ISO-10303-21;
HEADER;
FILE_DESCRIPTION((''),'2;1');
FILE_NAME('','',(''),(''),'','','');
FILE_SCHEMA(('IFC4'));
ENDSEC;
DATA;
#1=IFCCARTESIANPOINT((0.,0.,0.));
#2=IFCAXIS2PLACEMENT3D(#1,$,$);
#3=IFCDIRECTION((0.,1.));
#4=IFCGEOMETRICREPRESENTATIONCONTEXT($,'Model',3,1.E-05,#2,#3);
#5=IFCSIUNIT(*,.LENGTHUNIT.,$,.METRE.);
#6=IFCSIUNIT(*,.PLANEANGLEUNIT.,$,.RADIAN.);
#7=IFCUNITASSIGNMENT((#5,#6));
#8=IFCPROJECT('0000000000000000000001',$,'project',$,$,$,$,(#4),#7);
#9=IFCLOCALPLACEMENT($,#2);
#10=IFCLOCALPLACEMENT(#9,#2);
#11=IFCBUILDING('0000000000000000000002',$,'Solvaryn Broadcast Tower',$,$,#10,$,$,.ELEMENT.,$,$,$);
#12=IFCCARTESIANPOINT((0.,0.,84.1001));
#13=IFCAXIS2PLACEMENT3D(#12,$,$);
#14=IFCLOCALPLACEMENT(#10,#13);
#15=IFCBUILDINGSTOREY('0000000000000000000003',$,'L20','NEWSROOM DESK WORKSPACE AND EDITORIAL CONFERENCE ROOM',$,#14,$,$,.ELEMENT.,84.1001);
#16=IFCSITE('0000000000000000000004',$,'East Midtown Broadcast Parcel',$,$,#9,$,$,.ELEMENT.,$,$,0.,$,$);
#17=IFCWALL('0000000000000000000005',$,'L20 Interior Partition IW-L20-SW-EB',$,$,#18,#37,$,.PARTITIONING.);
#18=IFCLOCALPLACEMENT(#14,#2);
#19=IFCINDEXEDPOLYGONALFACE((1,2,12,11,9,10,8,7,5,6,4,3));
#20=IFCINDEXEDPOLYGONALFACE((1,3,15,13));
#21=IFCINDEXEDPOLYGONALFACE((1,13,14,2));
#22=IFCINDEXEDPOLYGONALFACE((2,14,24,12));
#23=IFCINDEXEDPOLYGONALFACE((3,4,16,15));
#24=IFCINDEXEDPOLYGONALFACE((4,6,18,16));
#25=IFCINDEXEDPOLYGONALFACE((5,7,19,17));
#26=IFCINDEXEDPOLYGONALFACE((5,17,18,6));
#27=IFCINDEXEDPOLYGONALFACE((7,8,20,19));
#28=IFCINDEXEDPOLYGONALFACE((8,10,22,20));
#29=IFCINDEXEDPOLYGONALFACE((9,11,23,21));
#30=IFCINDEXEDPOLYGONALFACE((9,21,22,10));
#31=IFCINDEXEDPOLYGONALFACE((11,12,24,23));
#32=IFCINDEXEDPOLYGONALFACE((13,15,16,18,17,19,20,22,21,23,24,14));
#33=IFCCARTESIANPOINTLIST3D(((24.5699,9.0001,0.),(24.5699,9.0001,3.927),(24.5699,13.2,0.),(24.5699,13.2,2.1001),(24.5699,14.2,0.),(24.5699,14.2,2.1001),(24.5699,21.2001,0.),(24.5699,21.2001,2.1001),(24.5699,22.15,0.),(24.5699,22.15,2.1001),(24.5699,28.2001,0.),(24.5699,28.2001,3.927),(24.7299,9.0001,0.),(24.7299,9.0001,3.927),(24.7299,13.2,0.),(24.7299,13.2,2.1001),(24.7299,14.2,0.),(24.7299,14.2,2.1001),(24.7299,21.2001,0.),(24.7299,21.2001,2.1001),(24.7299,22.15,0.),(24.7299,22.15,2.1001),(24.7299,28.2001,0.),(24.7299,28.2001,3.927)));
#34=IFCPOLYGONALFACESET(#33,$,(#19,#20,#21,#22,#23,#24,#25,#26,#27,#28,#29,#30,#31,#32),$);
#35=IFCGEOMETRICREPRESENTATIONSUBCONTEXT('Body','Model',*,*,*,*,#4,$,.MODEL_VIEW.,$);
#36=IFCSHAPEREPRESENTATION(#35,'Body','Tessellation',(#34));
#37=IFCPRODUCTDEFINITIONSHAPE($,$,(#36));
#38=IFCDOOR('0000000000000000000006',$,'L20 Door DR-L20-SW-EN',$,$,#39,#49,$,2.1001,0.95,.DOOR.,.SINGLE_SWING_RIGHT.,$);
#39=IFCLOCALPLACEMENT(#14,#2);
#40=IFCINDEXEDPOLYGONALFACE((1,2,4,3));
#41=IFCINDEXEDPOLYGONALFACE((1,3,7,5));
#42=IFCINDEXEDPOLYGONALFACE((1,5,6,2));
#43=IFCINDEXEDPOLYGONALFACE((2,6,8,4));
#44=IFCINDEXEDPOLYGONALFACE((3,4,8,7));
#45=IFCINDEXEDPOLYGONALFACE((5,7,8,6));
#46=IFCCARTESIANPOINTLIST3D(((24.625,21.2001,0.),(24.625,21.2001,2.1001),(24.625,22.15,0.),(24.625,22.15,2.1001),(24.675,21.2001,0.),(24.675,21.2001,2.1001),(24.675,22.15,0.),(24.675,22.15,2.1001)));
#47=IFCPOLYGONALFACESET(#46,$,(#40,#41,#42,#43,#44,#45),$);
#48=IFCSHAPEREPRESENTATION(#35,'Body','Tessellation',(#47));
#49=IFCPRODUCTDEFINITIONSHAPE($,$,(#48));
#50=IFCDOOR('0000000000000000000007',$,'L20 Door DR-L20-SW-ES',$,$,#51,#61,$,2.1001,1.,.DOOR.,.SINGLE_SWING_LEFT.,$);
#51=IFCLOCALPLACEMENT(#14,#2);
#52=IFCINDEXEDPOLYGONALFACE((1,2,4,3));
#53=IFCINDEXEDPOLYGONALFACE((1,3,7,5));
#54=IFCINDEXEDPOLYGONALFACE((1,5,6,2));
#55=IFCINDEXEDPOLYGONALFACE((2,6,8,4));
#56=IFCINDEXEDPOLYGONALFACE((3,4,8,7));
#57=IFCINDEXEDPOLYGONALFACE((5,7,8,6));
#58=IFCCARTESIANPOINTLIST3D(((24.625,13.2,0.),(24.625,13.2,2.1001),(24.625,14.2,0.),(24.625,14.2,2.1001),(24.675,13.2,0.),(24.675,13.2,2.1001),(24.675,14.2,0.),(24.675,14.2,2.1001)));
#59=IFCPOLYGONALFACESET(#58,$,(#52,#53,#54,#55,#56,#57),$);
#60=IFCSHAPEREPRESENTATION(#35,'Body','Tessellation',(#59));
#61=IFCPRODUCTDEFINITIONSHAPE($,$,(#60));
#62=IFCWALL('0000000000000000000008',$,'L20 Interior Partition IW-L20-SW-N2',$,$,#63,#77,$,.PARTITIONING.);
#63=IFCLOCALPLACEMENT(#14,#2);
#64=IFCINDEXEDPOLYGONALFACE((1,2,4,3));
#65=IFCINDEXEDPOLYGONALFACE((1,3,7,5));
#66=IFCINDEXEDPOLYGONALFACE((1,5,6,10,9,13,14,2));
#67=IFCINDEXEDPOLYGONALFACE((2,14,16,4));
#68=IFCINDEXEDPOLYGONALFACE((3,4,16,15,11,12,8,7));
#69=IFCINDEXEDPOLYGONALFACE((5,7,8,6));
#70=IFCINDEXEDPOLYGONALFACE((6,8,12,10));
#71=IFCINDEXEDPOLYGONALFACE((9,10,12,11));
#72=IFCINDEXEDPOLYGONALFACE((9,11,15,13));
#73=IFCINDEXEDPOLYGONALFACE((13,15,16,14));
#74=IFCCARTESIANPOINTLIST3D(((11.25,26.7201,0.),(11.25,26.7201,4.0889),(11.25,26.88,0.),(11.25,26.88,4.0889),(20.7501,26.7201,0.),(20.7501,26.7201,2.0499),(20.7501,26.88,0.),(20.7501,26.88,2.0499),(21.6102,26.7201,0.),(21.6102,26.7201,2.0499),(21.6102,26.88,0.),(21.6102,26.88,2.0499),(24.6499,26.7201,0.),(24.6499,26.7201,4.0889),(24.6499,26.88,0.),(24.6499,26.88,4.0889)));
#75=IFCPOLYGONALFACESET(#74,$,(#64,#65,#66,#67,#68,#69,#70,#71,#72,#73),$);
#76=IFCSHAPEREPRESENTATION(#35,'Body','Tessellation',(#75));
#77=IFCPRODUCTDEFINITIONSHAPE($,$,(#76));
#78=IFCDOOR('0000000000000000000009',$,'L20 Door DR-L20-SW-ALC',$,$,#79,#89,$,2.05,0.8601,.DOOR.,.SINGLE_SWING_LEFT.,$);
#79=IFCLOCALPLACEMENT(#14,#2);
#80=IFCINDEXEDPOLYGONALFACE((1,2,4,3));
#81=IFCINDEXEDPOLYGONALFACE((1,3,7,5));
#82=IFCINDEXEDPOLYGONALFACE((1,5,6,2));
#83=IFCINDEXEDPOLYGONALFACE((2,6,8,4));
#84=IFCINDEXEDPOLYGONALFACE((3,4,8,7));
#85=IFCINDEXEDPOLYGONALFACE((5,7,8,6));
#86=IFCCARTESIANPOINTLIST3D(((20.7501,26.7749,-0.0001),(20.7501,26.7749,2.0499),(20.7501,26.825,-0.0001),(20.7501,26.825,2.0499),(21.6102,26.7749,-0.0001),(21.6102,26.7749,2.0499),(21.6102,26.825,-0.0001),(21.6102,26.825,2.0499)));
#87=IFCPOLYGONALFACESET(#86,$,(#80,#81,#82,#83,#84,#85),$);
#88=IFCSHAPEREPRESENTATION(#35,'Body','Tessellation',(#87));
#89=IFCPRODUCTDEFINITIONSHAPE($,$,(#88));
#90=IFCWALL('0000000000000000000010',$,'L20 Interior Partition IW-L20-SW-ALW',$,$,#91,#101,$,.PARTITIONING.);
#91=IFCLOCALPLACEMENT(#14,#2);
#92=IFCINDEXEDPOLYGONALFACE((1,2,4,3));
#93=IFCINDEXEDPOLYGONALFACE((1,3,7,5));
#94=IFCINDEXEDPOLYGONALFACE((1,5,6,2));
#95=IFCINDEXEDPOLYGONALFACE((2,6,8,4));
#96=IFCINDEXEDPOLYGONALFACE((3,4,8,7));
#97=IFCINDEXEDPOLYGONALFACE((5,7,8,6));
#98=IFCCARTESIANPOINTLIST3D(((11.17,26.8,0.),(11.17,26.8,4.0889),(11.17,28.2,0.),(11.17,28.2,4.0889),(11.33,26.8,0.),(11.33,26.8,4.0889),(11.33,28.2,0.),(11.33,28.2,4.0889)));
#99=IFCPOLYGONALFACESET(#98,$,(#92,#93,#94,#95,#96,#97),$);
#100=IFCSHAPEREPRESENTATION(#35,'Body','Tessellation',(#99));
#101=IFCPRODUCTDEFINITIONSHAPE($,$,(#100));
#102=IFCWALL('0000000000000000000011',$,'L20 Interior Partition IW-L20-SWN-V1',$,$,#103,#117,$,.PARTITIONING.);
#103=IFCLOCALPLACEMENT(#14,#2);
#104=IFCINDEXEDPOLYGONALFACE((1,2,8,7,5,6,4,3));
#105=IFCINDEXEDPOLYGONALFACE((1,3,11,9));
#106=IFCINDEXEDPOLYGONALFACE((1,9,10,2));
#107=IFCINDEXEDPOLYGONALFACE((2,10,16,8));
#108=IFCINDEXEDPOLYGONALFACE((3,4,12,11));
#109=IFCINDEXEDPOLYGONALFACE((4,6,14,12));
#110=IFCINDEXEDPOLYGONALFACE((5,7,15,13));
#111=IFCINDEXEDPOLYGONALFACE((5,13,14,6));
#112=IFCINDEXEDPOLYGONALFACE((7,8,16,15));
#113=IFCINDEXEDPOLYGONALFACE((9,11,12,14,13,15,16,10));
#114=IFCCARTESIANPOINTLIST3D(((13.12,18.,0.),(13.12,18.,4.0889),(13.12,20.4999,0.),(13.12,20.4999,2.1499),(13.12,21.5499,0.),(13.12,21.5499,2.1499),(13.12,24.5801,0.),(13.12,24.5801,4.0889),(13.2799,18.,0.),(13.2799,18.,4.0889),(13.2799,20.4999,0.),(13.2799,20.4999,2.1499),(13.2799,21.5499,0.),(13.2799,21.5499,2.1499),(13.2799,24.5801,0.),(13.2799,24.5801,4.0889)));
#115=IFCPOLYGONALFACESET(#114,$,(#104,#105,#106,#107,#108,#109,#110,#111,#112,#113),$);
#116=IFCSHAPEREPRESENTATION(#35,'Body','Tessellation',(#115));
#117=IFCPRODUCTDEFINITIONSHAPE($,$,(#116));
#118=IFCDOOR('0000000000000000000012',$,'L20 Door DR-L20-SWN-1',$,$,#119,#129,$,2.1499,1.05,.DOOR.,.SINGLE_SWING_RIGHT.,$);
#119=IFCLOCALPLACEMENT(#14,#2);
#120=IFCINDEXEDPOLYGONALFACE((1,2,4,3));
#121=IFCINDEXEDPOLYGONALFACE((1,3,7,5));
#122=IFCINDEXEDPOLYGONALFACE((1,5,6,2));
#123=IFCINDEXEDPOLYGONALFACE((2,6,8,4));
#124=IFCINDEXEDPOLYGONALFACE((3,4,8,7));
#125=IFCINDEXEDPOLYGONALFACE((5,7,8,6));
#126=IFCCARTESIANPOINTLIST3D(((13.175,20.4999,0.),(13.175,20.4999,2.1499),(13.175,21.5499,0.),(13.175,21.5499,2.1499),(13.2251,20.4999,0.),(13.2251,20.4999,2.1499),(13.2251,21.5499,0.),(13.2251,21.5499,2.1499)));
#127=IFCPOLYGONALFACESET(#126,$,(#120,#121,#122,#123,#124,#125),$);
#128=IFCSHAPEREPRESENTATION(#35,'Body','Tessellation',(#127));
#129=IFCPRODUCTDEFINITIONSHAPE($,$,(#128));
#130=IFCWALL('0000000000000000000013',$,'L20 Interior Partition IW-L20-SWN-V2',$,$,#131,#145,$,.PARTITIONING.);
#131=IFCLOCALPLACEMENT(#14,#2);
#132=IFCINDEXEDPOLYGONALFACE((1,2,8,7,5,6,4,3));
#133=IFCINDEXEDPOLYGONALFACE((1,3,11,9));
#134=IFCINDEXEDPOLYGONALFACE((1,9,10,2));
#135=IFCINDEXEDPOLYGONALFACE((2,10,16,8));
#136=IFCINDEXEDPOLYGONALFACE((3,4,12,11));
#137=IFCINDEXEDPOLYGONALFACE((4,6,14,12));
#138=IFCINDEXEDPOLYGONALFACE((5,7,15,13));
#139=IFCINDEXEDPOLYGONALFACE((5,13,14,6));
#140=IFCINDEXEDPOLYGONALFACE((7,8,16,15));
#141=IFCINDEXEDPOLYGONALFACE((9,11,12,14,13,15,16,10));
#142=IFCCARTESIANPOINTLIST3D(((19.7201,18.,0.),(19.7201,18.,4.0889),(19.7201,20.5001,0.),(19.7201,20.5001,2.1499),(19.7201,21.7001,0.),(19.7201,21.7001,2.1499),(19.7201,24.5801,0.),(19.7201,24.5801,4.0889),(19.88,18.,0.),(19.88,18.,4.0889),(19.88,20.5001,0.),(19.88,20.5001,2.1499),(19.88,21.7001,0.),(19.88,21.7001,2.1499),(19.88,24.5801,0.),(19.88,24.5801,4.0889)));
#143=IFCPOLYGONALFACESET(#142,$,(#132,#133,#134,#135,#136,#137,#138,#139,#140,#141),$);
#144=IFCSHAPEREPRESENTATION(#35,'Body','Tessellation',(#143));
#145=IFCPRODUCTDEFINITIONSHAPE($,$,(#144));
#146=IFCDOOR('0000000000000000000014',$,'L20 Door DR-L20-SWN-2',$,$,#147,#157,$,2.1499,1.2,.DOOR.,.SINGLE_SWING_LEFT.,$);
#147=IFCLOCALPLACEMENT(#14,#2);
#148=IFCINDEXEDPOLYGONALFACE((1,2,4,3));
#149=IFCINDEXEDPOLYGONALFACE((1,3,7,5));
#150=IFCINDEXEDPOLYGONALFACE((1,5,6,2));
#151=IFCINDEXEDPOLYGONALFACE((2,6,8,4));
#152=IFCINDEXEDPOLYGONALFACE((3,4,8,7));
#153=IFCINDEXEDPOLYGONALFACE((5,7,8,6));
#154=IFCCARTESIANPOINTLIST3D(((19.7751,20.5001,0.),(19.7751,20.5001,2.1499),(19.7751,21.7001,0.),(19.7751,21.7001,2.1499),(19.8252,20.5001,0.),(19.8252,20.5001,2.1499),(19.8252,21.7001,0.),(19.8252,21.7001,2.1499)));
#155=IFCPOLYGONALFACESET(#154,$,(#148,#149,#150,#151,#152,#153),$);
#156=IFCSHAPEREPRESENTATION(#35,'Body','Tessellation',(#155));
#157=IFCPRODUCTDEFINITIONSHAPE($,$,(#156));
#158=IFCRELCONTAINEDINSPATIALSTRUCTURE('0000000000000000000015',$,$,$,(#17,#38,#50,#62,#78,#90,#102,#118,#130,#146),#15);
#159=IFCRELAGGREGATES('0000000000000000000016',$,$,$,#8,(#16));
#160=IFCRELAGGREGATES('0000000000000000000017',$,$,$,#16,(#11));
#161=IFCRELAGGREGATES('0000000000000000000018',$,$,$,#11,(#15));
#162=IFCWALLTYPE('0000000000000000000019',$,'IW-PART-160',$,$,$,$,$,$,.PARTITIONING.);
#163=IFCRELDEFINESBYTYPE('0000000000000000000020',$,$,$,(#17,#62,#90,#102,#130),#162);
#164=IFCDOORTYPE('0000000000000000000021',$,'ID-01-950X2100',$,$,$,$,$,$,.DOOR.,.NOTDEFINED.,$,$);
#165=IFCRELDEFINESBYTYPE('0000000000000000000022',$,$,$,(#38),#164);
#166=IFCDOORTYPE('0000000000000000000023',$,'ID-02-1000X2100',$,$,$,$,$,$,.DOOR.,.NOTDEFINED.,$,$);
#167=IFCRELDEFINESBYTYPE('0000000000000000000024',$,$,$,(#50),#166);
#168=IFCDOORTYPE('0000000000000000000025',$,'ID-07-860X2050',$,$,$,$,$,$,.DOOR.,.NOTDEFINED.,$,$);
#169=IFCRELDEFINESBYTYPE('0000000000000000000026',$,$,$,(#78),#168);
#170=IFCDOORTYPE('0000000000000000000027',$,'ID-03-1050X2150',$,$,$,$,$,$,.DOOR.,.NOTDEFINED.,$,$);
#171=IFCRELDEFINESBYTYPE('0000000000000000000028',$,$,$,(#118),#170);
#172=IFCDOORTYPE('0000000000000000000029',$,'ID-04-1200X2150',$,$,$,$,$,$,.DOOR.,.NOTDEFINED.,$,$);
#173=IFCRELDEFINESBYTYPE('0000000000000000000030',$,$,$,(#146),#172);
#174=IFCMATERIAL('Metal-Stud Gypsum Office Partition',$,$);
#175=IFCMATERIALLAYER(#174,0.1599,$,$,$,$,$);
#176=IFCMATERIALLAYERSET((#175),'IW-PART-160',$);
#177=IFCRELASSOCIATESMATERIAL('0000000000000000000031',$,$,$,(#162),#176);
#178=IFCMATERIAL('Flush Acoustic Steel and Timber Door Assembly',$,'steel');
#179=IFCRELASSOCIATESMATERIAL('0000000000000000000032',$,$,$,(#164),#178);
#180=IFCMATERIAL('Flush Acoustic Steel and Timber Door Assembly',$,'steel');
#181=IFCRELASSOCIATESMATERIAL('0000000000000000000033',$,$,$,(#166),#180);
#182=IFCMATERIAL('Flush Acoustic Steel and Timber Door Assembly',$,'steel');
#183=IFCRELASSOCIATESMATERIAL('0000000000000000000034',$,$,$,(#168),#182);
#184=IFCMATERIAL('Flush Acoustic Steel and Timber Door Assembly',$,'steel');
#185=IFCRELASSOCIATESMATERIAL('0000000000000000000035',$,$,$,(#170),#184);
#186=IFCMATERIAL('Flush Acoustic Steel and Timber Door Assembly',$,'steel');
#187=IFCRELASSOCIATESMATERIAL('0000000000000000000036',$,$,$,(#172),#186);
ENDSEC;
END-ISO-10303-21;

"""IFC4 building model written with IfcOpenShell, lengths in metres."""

from ifc_helpers import new_model, si_unit, direction, frame, frame_2d, origin, place, context, subcontext, project, spatial, rectangle, extrude, material, layer, layer_set, type_object, element, fill, save


model = new_model("IFC4")

# Units and contexts
model_context = context("Model", 3, precision=1e-05, world=origin(), true_north=direction((0.0, 1.0)))
body_context = subcontext(model_context, "Body", "Model", "MODEL_VIEW")
ifc_project = project(units=[si_unit("LENGTHUNIT", "METRE"), si_unit("PLANEANGLEUNIT", "RADIAN")], contexts=[model_context])

# Site, building, storey
site_placement = place(None, origin())
site = spatial("IfcSite", under=ifc_project, at=site_placement, Name="East Midtown Broadcast Parcel", CompositionType="ELEMENT", RefElevation=0.0)
building_placement = place(site_placement, origin())
building = spatial("IfcBuilding", under=site, at=building_placement, Name="Solvaryn Broadcast Tower", CompositionType="ELEMENT")
storey_placement = place(building_placement, frame((0.0, 0.0, 84.1001)))
storey = spatial("IfcBuildingStorey", under=building, at=storey_placement, Name="L20", Description="NEWSROOM DESK WORKSPACE AND EDITORIAL CONFERENCE ROOM", CompositionType="ELEMENT", Elevation=84.1001)

# Wall, openings, doors
ifc_material_1 = material(Name="Metal-Stud Gypsum Office Partition")
ifc_layer = layer(ifc_material_1, 0.1599)
ifc_layer_set = layer_set([ifc_layer], Name="IW-PART-160")
wall_type = type_object("IfcWallType", Name="IW-PART-160", PredefinedType="PARTITIONING", material=ifc_layer_set)
wall_1_placement = place(storey_placement, frame((24.6499, 9.0, 0.0), z_axis=(0.0, 0.0, 1.0), x_axis=(0.0, 1.0, 0.0)))
wall_1 = element("IfcWall", 1, at=wall_1_placement, inside=storey, type_object=wall_type, Name="L20 Interior Partition IW-L20-SW-EB", PredefinedType="PARTITIONING", context=body_context, shape_type="SweptSolid", body=[
    extrude(rectangle(XDim=19.2, YDim=0.1599, at=frame_2d((9.6001, 0.0))), origin(), (0.0, 0.0, 1.0), 3.927),
])
opening_1_placement = place(wall_1_placement, frame((12.2, 0.0, 0.0)))
opening_1 = element("IfcOpeningElement", 2, at=opening_1_placement, cuts=wall_1, PredefinedType="OPENING", context=body_context, shape_type="SweptSolid", body=[
    extrude(rectangle(XDim=0.95, YDim=2.1001, at=frame_2d((0.4751, 1.05))), frame((0.0, 0.0901, 0.0), z_axis=(0.0, -1.0, 0.0), x_axis=(1.0, 0.0, 0.0)), (0.0, 0.0, 1.0), 0.1799),
])
opening_2_placement = place(wall_1_placement, frame((4.2, 0.0, 0.0)))
opening_2 = element("IfcOpeningElement", 3, at=opening_2_placement, cuts=wall_1, PredefinedType="OPENING", context=body_context, shape_type="SweptSolid", body=[
    extrude(rectangle(XDim=1.0, YDim=2.1001, at=frame_2d((0.5, 1.05))), frame((0.0, 0.0901, 0.0), z_axis=(0.0, -1.0, 0.0), x_axis=(1.0, 0.0, 0.0)), (0.0, 0.0, 1.0), 0.1799),
])
ifc_material_2 = material(Name="Flush Acoustic Steel and Timber Door Assembly", Category="steel")
door_type_1 = type_object("IfcDoorType", Name="ID-01-950X2100", OperationType="NOTDEFINED", PredefinedType="DOOR", material=ifc_material_2)
door_1_placement = place(opening_1_placement, origin())
door_1 = element("IfcDoor", 4, at=door_1_placement, inside=storey, type_object=door_type_1, Name="L20 Door DR-L20-SW-EN", OperationType="SINGLE_SWING_RIGHT", OverallHeight=2.1001, OverallWidth=0.95, PredefinedType="DOOR", context=body_context, shape_type="SweptSolid", body=[
    extrude(rectangle(XDim=0.95, YDim=2.1001, at=frame_2d((0.4751, 1.05))), frame((0.0, 0.0249, 0.0), z_axis=(0.0, -1.0, 0.0), x_axis=(1.0, 0.0, 0.0)), (0.0, 0.0, 1.0), 0.05),
])
fill(opening_1, door_1)
ifc_material_3 = material(Name="Flush Acoustic Steel and Timber Door Assembly", Category="steel")
door_type_2 = type_object("IfcDoorType", Name="ID-02-1000X2100", OperationType="NOTDEFINED", PredefinedType="DOOR", material=ifc_material_3)
door_2_placement = place(opening_2_placement, origin())
door_2 = element("IfcDoor", 5, at=door_2_placement, inside=storey, type_object=door_type_2, Name="L20 Door DR-L20-SW-ES", OperationType="SINGLE_SWING_LEFT", OverallHeight=2.1001, OverallWidth=1.0, PredefinedType="DOOR", context=body_context, shape_type="SweptSolid", body=[
    extrude(rectangle(XDim=1.0, YDim=2.1001, at=frame_2d((0.5, 1.05))), frame((0.0, 0.0249, 0.0), z_axis=(0.0, -1.0, 0.0), x_axis=(1.0, 0.0, 0.0)), (0.0, 0.0, 1.0), 0.05),
])
fill(opening_2, door_2)

# Wall, opening, door
wall_2_placement = place(storey_placement, frame((11.25, 26.8, 0.0), z_axis=(0.0, 0.0, 1.0), x_axis=(1.0, 0.0, 0.0)))
wall_2 = element("IfcWall", 6, at=wall_2_placement, inside=storey, type_object=wall_type, Name="L20 Interior Partition IW-L20-SW-N2", PredefinedType="PARTITIONING", context=body_context, shape_type="SweptSolid", body=[
    extrude(rectangle(XDim=13.3999, YDim=0.1599, at=frame_2d((6.7, 0.0))), origin(), (0.0, 0.0, 1.0), 4.0889),
])
opening_3_placement = place(wall_2_placement, frame((9.5, 0.0, 0.0)))
opening_3 = element("IfcOpeningElement", 7, at=opening_3_placement, cuts=wall_2, PredefinedType="OPENING", context=body_context, shape_type="SweptSolid", body=[
    extrude(rectangle(XDim=0.8601, YDim=2.05, at=frame_2d((0.4302, 1.0249))), frame((0.0, 0.0901, 0.0), z_axis=(0.0, -1.0, 0.0), x_axis=(1.0, 0.0, 0.0)), (0.0, 0.0, 1.0), 0.1799),
])
ifc_material_4 = material(Name="Flush Acoustic Steel and Timber Door Assembly", Category="steel")
door_type_3 = type_object("IfcDoorType", Name="ID-07-860X2050", OperationType="NOTDEFINED", PredefinedType="DOOR", material=ifc_material_4)
door_3_placement = place(opening_3_placement, origin())
door_3 = element("IfcDoor", 8, at=door_3_placement, inside=storey, type_object=door_type_3, Name="L20 Door DR-L20-SW-ALC", OperationType="SINGLE_SWING_LEFT", OverallHeight=2.05, OverallWidth=0.8601, PredefinedType="DOOR", context=body_context, shape_type="SweptSolid", body=[
    extrude(rectangle(XDim=0.8601, YDim=2.05, at=frame_2d((0.4302, 1.0249))), frame((0.0, 0.0249, 0.0), z_axis=(0.0, -1.0, 0.0), x_axis=(1.0, 0.0, 0.0)), (0.0, 0.0, 1.0), 0.05),
])
fill(opening_3, door_3)

# Wall
wall_3_placement = place(storey_placement, frame((11.25, 26.8, 0.0), z_axis=(0.0, 0.0, 1.0), x_axis=(0.0, 1.0, 0.0)))
element("IfcWall", 9, at=wall_3_placement, inside=storey, type_object=wall_type, Name="L20 Interior Partition IW-L20-SW-ALW", PredefinedType="PARTITIONING", context=body_context, shape_type="SweptSolid", body=[
    extrude(rectangle(XDim=1.3999, YDim=0.1599, at=frame_2d((0.7, 0.0))), origin(), (0.0, 0.0, 1.0), 4.0889),
])

# Walls, openings, doors
wall_4_placement = place(storey_placement, frame((13.2, 18.0, 0.0), z_axis=(0.0, 0.0, 1.0), x_axis=(0.0, 1.0, 0.0)))
wall_4 = element("IfcWall", 10, at=wall_4_placement, inside=storey, type_object=wall_type, Name="L20 Interior Partition IW-L20-SWN-V1", PredefinedType="PARTITIONING", context=body_context, shape_type="SweptSolid", body=[
    extrude(rectangle(XDim=6.5801, YDim=0.1599, at=frame_2d((3.29, 0.0))), origin(), (0.0, 0.0, 1.0), 4.0889),
])
opening_4_placement = place(wall_4_placement, frame((2.5, 0.0, 0.0)))
opening_4 = element("IfcOpeningElement", 11, at=opening_4_placement, cuts=wall_4, PredefinedType="OPENING", context=body_context, shape_type="SweptSolid", body=[
    extrude(rectangle(XDim=1.05, YDim=2.1499, at=frame_2d((0.5249, 1.075))), frame((0.0, 0.0901, 0.0), z_axis=(0.0, -1.0, 0.0), x_axis=(1.0, 0.0, 0.0)), (0.0, 0.0, 1.0), 0.1799),
])
ifc_material_5 = material(Name="Flush Acoustic Steel and Timber Door Assembly", Category="steel")
door_type_4 = type_object("IfcDoorType", Name="ID-03-1050X2150", OperationType="NOTDEFINED", PredefinedType="DOOR", material=ifc_material_5)
door_4_placement = place(opening_4_placement, origin())
door_4 = element("IfcDoor", 12, at=door_4_placement, inside=storey, type_object=door_type_4, Name="L20 Door DR-L20-SWN-1", OperationType="SINGLE_SWING_RIGHT", OverallHeight=2.1499, OverallWidth=1.05, PredefinedType="DOOR", context=body_context, shape_type="SweptSolid", body=[
    extrude(rectangle(XDim=1.05, YDim=2.1499, at=frame_2d((0.5249, 1.075))), frame((0.0, 0.0249, 0.0), z_axis=(0.0, -1.0, 0.0), x_axis=(1.0, 0.0, 0.0)), (0.0, 0.0, 1.0), 0.05),
])
fill(opening_4, door_4)
wall_5_placement = place(storey_placement, frame((19.8, 18.0, 0.0), z_axis=(0.0, 0.0, 1.0), x_axis=(0.0, 1.0, 0.0)))
wall_5 = element("IfcWall", 13, at=wall_5_placement, inside=storey, type_object=wall_type, Name="L20 Interior Partition IW-L20-SWN-V2", PredefinedType="PARTITIONING", context=body_context, shape_type="SweptSolid", body=[
    extrude(rectangle(XDim=6.5801, YDim=0.1599, at=frame_2d((3.29, 0.0))), origin(), (0.0, 0.0, 1.0), 4.0889),
])
opening_5_placement = place(wall_5_placement, frame((2.5, 0.0, 0.0)))
opening_5 = element("IfcOpeningElement", 14, at=opening_5_placement, cuts=wall_5, PredefinedType="OPENING", context=body_context, shape_type="SweptSolid", body=[
    extrude(rectangle(XDim=1.2, YDim=2.1499, at=frame_2d((0.6001, 1.075))), frame((0.0, 0.0901, 0.0), z_axis=(0.0, -1.0, 0.0), x_axis=(1.0, 0.0, 0.0)), (0.0, 0.0, 1.0), 0.1799),
])
ifc_material_6 = material(Name="Flush Acoustic Steel and Timber Door Assembly", Category="steel")
door_type_5 = type_object("IfcDoorType", Name="ID-04-1200X2150", OperationType="NOTDEFINED", PredefinedType="DOOR", material=ifc_material_6)
door_5_placement = place(opening_5_placement, origin())
door_5 = element("IfcDoor", 15, at=door_5_placement, inside=storey, type_object=door_type_5, Name="L20 Door DR-L20-SWN-2", OperationType="SINGLE_SWING_LEFT", OverallHeight=2.1499, OverallWidth=1.2, PredefinedType="DOOR", context=body_context, shape_type="SweptSolid", body=[
    extrude(rectangle(XDim=1.2, YDim=2.1499, at=frame_2d((0.6001, 1.075))), frame((0.0, 0.0249, 0.0), z_axis=(0.0, -1.0, 0.0), x_axis=(1.0, 0.0, 0.0)), (0.0, 0.0, 1.0), 0.05),
])
fill(opening_5, door_5)

save(model, "model.ifc")
